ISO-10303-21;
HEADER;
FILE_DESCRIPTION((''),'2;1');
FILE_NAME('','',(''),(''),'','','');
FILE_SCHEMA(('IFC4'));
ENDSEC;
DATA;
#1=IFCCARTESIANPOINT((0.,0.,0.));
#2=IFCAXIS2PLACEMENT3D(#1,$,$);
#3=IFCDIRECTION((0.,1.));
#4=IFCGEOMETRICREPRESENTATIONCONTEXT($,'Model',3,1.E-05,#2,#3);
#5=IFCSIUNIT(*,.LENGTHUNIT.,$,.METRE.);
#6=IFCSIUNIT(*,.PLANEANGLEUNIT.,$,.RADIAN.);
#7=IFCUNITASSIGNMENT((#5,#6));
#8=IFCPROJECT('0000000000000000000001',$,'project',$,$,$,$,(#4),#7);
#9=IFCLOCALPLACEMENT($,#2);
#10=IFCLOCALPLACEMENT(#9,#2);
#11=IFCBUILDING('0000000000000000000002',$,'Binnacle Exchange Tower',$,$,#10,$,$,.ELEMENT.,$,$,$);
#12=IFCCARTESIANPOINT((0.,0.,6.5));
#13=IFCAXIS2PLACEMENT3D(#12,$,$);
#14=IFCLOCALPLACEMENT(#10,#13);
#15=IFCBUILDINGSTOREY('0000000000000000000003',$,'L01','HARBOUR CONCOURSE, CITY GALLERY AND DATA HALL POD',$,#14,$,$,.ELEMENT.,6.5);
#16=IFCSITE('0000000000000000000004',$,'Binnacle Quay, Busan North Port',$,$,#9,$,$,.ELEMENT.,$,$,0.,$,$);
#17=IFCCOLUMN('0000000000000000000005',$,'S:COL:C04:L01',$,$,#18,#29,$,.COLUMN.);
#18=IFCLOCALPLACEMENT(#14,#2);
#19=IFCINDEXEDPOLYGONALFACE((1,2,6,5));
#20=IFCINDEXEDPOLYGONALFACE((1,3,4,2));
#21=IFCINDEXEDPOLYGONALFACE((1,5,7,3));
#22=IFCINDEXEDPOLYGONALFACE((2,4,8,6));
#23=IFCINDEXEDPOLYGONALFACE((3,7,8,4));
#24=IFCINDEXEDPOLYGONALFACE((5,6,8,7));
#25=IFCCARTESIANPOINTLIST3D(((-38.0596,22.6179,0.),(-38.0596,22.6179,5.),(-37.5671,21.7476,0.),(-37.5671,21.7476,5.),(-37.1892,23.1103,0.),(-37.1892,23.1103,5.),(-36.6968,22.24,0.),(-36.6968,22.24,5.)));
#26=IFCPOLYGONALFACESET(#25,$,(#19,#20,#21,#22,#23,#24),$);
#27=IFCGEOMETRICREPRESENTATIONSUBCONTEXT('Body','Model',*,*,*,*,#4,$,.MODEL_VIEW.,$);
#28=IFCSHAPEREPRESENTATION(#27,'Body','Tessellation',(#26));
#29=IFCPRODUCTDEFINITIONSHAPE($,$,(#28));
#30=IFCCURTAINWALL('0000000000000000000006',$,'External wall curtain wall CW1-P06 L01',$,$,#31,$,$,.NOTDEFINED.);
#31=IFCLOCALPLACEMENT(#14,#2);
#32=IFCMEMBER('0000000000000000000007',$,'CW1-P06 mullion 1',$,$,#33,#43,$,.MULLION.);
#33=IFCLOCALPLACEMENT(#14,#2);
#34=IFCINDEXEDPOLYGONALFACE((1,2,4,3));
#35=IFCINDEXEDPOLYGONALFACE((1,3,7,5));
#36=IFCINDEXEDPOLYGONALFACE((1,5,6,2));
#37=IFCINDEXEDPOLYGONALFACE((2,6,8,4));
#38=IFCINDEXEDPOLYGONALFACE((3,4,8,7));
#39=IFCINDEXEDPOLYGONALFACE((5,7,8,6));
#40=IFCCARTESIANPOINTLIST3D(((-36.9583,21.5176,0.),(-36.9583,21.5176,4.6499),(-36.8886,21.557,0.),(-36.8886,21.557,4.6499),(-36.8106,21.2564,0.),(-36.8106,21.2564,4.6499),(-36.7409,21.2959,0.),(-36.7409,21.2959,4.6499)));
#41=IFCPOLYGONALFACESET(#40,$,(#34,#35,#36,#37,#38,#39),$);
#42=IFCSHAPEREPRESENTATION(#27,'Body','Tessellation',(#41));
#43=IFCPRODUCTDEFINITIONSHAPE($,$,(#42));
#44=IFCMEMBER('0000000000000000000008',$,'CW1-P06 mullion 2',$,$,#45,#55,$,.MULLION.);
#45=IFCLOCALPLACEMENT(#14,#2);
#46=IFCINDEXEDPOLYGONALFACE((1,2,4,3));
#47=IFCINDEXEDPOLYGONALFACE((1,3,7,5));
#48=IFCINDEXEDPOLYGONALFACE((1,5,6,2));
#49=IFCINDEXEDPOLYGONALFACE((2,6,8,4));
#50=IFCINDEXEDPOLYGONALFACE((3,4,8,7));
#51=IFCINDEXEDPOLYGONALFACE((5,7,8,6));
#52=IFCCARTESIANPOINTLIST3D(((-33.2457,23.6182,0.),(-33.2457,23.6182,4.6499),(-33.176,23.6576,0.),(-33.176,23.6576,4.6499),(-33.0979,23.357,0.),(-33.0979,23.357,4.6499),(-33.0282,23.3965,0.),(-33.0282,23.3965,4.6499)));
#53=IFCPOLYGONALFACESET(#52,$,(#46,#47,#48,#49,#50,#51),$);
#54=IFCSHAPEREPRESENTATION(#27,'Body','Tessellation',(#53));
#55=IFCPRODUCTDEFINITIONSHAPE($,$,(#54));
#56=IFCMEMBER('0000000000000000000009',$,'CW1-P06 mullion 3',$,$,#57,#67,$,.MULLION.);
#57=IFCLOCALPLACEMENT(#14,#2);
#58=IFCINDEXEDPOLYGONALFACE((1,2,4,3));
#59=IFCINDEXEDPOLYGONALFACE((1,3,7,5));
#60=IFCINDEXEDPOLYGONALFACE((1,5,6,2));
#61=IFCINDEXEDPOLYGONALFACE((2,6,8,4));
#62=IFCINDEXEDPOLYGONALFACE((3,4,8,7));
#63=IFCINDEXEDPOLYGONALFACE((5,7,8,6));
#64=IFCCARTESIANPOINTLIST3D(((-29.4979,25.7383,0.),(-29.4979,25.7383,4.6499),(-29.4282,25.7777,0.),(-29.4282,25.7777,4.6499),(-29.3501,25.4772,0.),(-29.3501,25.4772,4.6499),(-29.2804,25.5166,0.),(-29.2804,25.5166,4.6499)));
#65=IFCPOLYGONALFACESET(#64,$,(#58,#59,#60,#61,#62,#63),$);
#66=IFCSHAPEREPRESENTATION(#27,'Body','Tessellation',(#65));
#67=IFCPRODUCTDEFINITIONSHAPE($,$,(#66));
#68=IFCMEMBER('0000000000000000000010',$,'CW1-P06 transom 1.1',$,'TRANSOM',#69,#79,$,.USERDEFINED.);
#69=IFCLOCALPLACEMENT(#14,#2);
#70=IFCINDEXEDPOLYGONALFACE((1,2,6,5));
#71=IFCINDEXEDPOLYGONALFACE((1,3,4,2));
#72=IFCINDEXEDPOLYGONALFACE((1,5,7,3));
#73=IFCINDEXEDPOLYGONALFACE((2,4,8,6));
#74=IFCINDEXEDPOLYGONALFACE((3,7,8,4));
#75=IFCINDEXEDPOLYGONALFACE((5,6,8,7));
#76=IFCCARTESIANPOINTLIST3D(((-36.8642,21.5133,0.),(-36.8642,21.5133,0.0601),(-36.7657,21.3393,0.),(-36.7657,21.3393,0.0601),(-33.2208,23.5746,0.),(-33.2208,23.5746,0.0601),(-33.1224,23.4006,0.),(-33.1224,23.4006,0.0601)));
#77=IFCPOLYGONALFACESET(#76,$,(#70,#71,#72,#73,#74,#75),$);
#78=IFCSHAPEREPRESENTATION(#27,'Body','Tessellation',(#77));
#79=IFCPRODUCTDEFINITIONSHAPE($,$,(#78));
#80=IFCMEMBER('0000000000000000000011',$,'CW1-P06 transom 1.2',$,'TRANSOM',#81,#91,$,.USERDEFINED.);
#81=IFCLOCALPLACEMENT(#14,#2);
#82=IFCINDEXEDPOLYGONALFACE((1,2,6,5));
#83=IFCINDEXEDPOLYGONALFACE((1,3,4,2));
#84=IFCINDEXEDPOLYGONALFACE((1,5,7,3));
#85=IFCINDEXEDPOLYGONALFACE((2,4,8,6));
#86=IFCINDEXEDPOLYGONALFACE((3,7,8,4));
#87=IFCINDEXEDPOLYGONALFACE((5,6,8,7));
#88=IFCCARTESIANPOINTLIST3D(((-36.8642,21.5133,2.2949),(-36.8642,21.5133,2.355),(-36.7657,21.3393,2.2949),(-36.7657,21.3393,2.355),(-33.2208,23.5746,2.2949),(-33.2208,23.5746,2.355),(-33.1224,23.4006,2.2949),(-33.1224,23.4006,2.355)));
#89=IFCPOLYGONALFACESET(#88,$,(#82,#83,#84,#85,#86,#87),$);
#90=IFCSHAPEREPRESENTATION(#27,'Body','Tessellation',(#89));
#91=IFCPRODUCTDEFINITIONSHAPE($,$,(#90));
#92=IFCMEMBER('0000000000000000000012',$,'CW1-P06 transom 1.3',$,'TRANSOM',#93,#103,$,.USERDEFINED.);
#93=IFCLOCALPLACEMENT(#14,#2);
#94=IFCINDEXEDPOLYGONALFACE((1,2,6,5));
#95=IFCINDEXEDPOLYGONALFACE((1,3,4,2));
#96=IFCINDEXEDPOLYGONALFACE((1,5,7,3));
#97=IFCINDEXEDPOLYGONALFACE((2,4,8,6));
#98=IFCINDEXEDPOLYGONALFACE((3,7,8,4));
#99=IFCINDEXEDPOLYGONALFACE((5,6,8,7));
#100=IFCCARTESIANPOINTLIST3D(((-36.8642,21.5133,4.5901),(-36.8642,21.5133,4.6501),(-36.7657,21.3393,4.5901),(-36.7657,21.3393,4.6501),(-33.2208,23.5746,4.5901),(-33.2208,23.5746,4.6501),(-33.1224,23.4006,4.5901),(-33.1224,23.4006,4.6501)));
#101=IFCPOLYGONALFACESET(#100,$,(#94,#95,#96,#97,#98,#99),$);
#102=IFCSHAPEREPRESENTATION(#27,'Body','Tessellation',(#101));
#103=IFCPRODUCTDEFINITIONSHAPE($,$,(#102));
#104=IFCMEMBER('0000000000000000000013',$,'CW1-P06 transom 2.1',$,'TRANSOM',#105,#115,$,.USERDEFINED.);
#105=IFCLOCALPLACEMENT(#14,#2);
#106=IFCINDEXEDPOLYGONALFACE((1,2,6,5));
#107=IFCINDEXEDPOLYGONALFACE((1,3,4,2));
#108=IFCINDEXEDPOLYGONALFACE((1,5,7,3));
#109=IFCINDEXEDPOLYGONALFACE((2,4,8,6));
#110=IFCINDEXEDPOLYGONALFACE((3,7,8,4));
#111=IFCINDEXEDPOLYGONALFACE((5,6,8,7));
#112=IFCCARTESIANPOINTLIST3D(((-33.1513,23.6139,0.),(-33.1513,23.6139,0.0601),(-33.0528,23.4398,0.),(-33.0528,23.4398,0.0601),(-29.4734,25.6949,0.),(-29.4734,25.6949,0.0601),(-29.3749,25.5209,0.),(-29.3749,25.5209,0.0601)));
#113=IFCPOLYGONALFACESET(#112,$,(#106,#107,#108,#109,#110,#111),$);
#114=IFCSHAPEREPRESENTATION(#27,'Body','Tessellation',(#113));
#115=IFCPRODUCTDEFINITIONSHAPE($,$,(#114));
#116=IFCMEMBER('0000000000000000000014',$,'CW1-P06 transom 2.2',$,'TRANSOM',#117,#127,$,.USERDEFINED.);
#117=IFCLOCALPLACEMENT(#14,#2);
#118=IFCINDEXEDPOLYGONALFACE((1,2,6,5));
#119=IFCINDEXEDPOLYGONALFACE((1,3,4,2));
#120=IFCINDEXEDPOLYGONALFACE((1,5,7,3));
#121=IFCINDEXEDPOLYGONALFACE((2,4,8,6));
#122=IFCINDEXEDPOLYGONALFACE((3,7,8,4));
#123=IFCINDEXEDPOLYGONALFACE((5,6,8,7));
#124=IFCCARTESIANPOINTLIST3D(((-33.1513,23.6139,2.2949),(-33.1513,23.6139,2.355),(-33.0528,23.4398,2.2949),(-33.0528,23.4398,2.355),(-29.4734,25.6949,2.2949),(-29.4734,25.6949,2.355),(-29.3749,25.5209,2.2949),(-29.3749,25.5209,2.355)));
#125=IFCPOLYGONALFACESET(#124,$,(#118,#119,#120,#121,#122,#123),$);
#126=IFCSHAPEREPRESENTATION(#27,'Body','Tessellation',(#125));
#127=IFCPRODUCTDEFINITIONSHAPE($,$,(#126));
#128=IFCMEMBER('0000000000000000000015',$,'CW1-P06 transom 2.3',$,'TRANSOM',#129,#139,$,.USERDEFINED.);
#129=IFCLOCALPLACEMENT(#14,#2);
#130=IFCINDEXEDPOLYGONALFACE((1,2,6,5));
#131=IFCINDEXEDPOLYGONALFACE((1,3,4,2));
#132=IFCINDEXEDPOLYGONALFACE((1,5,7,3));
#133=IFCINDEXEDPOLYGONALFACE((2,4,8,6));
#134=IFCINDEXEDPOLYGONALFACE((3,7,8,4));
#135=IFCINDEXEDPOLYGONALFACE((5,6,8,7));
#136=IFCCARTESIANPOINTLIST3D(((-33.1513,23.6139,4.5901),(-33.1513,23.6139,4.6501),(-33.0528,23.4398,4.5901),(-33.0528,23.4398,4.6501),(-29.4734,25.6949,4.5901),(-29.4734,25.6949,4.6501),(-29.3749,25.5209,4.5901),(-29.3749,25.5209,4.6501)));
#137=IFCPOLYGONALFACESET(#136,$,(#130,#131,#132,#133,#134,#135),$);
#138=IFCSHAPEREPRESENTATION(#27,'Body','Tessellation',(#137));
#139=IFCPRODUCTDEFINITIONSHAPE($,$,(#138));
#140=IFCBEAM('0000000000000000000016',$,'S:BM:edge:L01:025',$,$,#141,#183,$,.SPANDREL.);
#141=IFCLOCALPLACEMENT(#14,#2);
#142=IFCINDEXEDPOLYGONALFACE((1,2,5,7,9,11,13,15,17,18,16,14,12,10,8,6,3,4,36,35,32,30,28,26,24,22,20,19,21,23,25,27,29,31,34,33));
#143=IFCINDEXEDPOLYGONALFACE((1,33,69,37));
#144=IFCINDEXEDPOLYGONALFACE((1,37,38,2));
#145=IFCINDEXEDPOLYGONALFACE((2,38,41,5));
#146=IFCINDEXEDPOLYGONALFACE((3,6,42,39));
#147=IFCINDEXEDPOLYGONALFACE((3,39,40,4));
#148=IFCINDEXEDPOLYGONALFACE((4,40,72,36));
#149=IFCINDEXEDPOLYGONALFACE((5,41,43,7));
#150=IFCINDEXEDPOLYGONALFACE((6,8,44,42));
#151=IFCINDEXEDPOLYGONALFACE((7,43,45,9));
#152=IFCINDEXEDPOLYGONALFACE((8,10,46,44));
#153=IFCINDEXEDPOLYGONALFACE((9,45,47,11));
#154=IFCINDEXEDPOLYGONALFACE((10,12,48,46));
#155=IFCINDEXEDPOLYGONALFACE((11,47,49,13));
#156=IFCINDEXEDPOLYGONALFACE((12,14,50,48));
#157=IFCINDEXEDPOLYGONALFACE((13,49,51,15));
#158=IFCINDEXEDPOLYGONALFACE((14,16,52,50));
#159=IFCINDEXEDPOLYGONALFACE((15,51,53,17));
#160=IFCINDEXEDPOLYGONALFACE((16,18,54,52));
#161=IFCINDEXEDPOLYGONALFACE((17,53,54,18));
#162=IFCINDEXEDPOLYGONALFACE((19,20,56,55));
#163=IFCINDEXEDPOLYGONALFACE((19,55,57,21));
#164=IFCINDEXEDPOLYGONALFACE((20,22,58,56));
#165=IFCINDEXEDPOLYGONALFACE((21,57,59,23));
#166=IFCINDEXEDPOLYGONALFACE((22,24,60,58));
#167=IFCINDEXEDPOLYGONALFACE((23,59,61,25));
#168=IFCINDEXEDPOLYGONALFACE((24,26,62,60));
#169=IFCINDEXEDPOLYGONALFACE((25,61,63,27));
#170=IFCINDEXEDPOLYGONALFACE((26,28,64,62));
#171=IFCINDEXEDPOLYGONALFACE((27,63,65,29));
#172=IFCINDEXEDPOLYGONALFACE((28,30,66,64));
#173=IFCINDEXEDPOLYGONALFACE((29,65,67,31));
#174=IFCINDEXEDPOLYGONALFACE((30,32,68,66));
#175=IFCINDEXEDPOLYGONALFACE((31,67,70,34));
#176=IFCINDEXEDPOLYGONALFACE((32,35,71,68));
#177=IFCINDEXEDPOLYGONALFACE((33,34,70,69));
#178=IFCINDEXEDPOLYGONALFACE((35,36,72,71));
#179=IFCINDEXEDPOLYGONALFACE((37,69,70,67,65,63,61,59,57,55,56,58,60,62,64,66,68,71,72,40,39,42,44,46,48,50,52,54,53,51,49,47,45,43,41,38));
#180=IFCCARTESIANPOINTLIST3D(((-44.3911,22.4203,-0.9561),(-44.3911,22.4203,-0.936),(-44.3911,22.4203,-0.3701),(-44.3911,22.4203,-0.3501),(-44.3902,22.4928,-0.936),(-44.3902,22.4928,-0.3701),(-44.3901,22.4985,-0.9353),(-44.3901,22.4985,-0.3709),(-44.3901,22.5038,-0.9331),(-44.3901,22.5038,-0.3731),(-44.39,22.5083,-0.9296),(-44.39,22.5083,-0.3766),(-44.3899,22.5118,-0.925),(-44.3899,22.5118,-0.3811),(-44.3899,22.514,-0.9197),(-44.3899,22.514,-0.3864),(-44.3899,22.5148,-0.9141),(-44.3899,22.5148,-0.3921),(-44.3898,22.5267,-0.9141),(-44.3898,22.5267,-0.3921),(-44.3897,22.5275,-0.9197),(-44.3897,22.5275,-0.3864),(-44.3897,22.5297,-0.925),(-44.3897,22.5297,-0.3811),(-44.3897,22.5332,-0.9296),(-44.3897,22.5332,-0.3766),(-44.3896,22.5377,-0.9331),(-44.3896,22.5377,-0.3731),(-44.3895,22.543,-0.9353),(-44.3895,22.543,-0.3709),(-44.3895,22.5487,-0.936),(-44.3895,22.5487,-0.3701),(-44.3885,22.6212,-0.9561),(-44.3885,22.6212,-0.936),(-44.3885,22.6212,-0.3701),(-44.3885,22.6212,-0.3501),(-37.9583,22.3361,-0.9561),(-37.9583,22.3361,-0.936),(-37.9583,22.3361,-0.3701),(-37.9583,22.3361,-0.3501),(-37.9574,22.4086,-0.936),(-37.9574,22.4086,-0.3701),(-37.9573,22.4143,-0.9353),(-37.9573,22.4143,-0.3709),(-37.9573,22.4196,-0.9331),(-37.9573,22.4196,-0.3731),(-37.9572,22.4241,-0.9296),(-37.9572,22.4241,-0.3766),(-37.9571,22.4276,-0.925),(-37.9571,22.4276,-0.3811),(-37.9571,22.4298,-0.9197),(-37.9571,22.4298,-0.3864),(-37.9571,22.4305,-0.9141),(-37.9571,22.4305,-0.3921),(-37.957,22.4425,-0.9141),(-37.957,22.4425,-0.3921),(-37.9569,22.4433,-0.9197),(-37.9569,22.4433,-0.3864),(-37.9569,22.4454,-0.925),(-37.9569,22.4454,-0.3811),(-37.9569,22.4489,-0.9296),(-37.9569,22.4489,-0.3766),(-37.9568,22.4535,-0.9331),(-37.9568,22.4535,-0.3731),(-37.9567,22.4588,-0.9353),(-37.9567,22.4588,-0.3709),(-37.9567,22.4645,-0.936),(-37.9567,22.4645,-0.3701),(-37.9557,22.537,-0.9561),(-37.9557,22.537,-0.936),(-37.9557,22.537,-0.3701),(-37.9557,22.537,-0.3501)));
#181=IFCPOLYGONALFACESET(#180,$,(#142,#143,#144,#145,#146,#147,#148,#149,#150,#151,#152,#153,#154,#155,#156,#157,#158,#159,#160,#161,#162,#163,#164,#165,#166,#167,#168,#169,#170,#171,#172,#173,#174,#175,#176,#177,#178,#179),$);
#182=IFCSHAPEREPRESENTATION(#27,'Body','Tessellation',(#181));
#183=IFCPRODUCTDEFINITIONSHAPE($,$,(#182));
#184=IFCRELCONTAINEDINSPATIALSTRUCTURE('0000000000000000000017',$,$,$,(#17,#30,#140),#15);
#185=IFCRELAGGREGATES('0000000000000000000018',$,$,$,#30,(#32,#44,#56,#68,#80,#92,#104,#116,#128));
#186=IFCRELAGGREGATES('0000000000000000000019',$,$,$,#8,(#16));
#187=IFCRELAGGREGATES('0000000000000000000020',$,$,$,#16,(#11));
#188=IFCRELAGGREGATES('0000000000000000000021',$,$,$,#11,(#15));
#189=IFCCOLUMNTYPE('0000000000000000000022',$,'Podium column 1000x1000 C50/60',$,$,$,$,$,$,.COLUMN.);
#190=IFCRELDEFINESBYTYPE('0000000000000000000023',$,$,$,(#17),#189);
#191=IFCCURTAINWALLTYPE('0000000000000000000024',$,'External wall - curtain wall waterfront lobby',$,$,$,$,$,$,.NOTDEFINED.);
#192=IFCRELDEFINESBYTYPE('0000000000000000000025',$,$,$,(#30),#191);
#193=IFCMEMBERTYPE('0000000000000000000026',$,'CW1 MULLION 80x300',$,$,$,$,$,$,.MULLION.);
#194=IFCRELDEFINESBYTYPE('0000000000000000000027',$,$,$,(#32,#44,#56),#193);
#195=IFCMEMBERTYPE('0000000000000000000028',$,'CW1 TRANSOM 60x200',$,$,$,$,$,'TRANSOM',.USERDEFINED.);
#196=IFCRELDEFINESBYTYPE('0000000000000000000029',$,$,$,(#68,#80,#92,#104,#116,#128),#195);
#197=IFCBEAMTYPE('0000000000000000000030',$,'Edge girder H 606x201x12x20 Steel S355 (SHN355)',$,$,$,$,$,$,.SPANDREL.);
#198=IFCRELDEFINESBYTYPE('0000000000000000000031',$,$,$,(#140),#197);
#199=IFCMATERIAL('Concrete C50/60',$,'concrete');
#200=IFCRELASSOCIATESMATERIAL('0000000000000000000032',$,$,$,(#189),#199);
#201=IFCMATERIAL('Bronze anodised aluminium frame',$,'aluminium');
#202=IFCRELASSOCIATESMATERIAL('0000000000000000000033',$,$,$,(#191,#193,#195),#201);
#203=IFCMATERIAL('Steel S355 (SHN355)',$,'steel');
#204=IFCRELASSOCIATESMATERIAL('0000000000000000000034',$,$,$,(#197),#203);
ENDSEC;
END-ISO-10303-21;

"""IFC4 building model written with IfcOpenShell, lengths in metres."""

from ifc_helpers import new_model, si_unit, direction, frame, origin, origin_2d, place, context, subcontext, project, spatial, rectangle, i_section, extrude, material, material_profile, profile_set, type_object, element, aggregate, save


model = new_model("IFC4")

# Units and contexts
model_context = context("Model", 3, precision=1e-05, world=origin(), true_north=direction((0.0, 1.0)))
body_context = subcontext(model_context, "Body", "Model", "MODEL_VIEW")
ifc_project = project(units=[si_unit("LENGTHUNIT", "METRE"), si_unit("PLANEANGLEUNIT", "RADIAN")], contexts=[model_context])

# Site, building, storey
site_placement = place(None, origin())
site = spatial("IfcSite", under=ifc_project, at=site_placement, Name="Binnacle Quay, Busan North Port", CompositionType="ELEMENT", RefElevation=0.0)
building_placement = place(site_placement, origin())
building = spatial("IfcBuilding", under=site, at=building_placement, Name="Binnacle Exchange Tower", CompositionType="ELEMENT")
storey_placement = place(building_placement, frame((0.0, 0.0, 6.5)))
storey = spatial("IfcBuildingStorey", under=building, at=storey_placement, Name="L01", Description="HARBOUR CONCOURSE, CITY GALLERY AND DATA HALL POD", CompositionType="ELEMENT", Elevation=6.5)

# Column
ifc_material_1 = material(Name="Concrete C50/60", Category="concrete")
ifc_material_profile_1 = material_profile(ifc_material_1, rectangle(XDim=1.0, YDim=1.0, at=origin_2d()), Name="Podium column 1000x1000 C50/60")
ifc_profile_set_1 = profile_set([ifc_material_profile_1], Name="Concrete C50/60")
column_type = type_object("IfcColumnType", Name="Podium column 1000x1000 C50/60", PredefinedType="COLUMN", material=ifc_profile_set_1)
column_placement = place(storey_placement, frame((-37.3782, 22.429, 0.0), z_axis=(0.0, 0.0, 1.0), x_axis=(0.870356, 0.492424, 0.0)))
element("IfcColumn", 1, at=column_placement, inside=storey, type_object=column_type, Name="S:COL:C04:L01", PredefinedType="COLUMN", context=body_context, shape_type="SweptSolid", body=[
    extrude(rectangle(XDim=1.0, YDim=1.0, at=origin_2d()), origin(), (0.0, 0.0, 1.0), 5.0),
])

# Curtain wall, members
ifc_material_2 = material(Name="Bronze anodised aluminium frame", Category="aluminium")
curtain_wall_type = type_object("IfcCurtainWallType", Name="External wall - curtain wall waterfront lobby", PredefinedType="NOTDEFINED", material=ifc_material_2)
curtain_wall_placement = place(storey_placement, origin())
curtain_wall = element("IfcCurtainWall", 2, at=curtain_wall_placement, inside=storey, type_object=curtain_wall_type, Name="External wall curtain wall CW1-P06 L01", PredefinedType="NOTDEFINED")
ifc_material_profile_2 = material_profile(ifc_material_2, rectangle(XDim=0.3, YDim=0.0801, at=origin_2d()), Name="AL 80x300")
ifc_profile_set_2 = profile_set([ifc_material_profile_2], Name="Bronze anodised aluminium frame")
member_type_1 = type_object("IfcMemberType", Name="CW1 MULLION 80x300", PredefinedType="MULLION", material=ifc_profile_set_2)
member_1_placement = place(storey_placement, frame((-36.8496, 21.4067, 0.0), z_axis=(0.0, 0.0, 1.0), x_axis=(-0.492424, 0.870356, 0.0)))
member_1 = element("IfcMember", 3, at=member_1_placement, type_object=member_type_1, Name="CW1-P06 mullion 1", PredefinedType="MULLION", context=body_context, shape_type="SweptSolid", body=[
    extrude(rectangle(XDim=0.3, YDim=0.0801, at=origin_2d()), origin(), (0.0, 0.0, 1.0), 4.6499),
])
member_2_placement = place(storey_placement, frame((-33.137, 23.5073, 0.0), z_axis=(0.0, 0.0, 1.0), x_axis=(-0.492424, 0.870356, 0.0)))
member_2 = element("IfcMember", 4, at=member_2_placement, type_object=member_type_1, Name="CW1-P06 mullion 2", PredefinedType="MULLION", context=body_context, shape_type="SweptSolid", body=[
    extrude(rectangle(XDim=0.3, YDim=0.0801, at=origin_2d()), origin(), (0.0, 0.0, 1.0), 4.6499),
])
member_3_placement = place(storey_placement, frame((-29.3892, 25.6274, 0.0), z_axis=(0.0, 0.0, 1.0), x_axis=(-0.492424, 0.870356, 0.0)))
member_3 = element("IfcMember", 5, at=member_3_placement, type_object=member_type_1, Name="CW1-P06 mullion 3", PredefinedType="MULLION", context=body_context, shape_type="SweptSolid", body=[
    extrude(rectangle(XDim=0.3, YDim=0.0801, at=origin_2d()), origin(), (0.0, 0.0, 1.0), 4.6499),
])
ifc_material_profile_3 = material_profile(ifc_material_2, rectangle(XDim=0.2, YDim=0.0601, at=origin_2d()), Name="AL 200x60")
ifc_profile_set_3 = profile_set([ifc_material_profile_3], Name="Bronze anodised aluminium frame")
member_type_2 = type_object("IfcMemberType", Name="CW1 TRANSOM 60x200", ElementType="TRANSOM", PredefinedType="USERDEFINED", material=ifc_profile_set_3)
member_4_placement = place(storey_placement, frame((-36.8149, 21.4263, 0.03), z_axis=(0.870356, 0.492422, 0.0), x_axis=(-0.492422, 0.870356, 0.0)))
member_4 = element("IfcMember", 6, at=member_4_placement, type_object=member_type_2, Name="CW1-P06 transom 1.1", ObjectType="TRANSOM", PredefinedType="USERDEFINED", context=body_context, shape_type="SweptSolid", body=[
    extrude(rectangle(XDim=0.2, YDim=0.0601, at=origin_2d()), origin(), (0.0, 0.0, 1.0), 4.186),
])
member_5_placement = place(storey_placement, frame((-36.8149, 21.4263, 2.325), z_axis=(0.870356, 0.492422, 0.0), x_axis=(-0.492422, 0.870356, 0.0)))
member_5 = element("IfcMember", 7, at=member_5_placement, type_object=member_type_2, Name="CW1-P06 transom 1.2", ObjectType="TRANSOM", PredefinedType="USERDEFINED", context=body_context, shape_type="SweptSolid", body=[
    extrude(rectangle(XDim=0.2, YDim=0.0601, at=origin_2d()), origin(), (0.0, 0.0, 1.0), 4.186),
])
member_6_placement = place(storey_placement, frame((-36.8149, 21.4263, 4.6201), z_axis=(0.870356, 0.492422, 0.0), x_axis=(-0.492422, 0.870356, 0.0)))
member_6 = element("IfcMember", 8, at=member_6_placement, type_object=member_type_2, Name="CW1-P06 transom 1.3", ObjectType="TRANSOM", PredefinedType="USERDEFINED", context=body_context, shape_type="SweptSolid", body=[
    extrude(rectangle(XDim=0.2, YDim=0.0601, at=origin_2d()), origin(), (0.0, 0.0, 1.0), 4.186),
])
member_7_placement = place(storey_placement, frame((-33.1021, 23.5269, 0.03), z_axis=(0.87034, 0.492451, 0.0), x_axis=(-0.492451, 0.87034, 0.0)))
member_7 = element("IfcMember", 9, at=member_7_placement, type_object=member_type_2, Name="CW1-P06 transom 2.1", ObjectType="TRANSOM", PredefinedType="USERDEFINED", context=body_context, shape_type="SweptSolid", body=[
    extrude(rectangle(XDim=0.2, YDim=0.0601, at=origin_2d()), origin(), (0.0, 0.0, 1.0), 4.2258),
])
member_8_placement = place(storey_placement, frame((-33.1021, 23.5269, 2.325), z_axis=(0.87034, 0.492451, 0.0), x_axis=(-0.492451, 0.87034, 0.0)))
member_8 = element("IfcMember", 10, at=member_8_placement, type_object=member_type_2, Name="CW1-P06 transom 2.2", ObjectType="TRANSOM", PredefinedType="USERDEFINED", context=body_context, shape_type="SweptSolid", body=[
    extrude(rectangle(XDim=0.2, YDim=0.0601, at=origin_2d()), origin(), (0.0, 0.0, 1.0), 4.2258),
])
member_9_placement = place(storey_placement, frame((-33.1021, 23.5269, 4.6201), z_axis=(0.87034, 0.492451, 0.0), x_axis=(-0.492451, 0.87034, 0.0)))
member_9 = element("IfcMember", 11, at=member_9_placement, type_object=member_type_2, Name="CW1-P06 transom 2.3", ObjectType="TRANSOM", PredefinedType="USERDEFINED", context=body_context, shape_type="SweptSolid", body=[
    extrude(rectangle(XDim=0.2, YDim=0.0601, at=origin_2d()), origin(), (0.0, 0.0, 1.0), 4.2258),
])

# Beam
ifc_material_3 = material(Name="Steel S355 (SHN355)", Category="steel")
ifc_material_profile_4 = material_profile(ifc_material_3, i_section(OverallWidth=0.2009, OverallDepth=0.606, WebThickness=0.012, FlangeThickness=0.02, FilletRadius=0.022, at=origin_2d()), Name="H 606x201x12x20")
ifc_profile_set_4 = profile_set([ifc_material_profile_4], Name="Steel S355 (SHN355)")
beam_type_1 = type_object("IfcBeamType", Name="Edge girder H 606x201x12x20 Steel S355 (SHN355)", PredefinedType="SPANDREL", material=ifc_profile_set_4)
beam_1_placement = place(storey_placement, frame((-37.957, 22.4365, -0.6531), z_axis=(-0.999914, 0.013092, 0.0), x_axis=(-0.013092, -0.999914, 0.0)))
element("IfcBeam", 12, at=beam_1_placement, inside=storey, type_object=beam_type_1, Name="S:BM:edge:L01:025", PredefinedType="SPANDREL", context=body_context, shape_type="SweptSolid", body=[
    extrude(i_section(OverallWidth=0.2009, OverallDepth=0.606, WebThickness=0.012, FlangeThickness=0.02, FilletRadius=0.022, at=origin_2d()), origin(), (0.0, 0.0, 1.0), 6.4333),
])

aggregate(curtain_wall, [member_1, member_2, member_3, member_4, member_5, member_6, member_7, member_8, member_9])

save(model, "model.ifc")
